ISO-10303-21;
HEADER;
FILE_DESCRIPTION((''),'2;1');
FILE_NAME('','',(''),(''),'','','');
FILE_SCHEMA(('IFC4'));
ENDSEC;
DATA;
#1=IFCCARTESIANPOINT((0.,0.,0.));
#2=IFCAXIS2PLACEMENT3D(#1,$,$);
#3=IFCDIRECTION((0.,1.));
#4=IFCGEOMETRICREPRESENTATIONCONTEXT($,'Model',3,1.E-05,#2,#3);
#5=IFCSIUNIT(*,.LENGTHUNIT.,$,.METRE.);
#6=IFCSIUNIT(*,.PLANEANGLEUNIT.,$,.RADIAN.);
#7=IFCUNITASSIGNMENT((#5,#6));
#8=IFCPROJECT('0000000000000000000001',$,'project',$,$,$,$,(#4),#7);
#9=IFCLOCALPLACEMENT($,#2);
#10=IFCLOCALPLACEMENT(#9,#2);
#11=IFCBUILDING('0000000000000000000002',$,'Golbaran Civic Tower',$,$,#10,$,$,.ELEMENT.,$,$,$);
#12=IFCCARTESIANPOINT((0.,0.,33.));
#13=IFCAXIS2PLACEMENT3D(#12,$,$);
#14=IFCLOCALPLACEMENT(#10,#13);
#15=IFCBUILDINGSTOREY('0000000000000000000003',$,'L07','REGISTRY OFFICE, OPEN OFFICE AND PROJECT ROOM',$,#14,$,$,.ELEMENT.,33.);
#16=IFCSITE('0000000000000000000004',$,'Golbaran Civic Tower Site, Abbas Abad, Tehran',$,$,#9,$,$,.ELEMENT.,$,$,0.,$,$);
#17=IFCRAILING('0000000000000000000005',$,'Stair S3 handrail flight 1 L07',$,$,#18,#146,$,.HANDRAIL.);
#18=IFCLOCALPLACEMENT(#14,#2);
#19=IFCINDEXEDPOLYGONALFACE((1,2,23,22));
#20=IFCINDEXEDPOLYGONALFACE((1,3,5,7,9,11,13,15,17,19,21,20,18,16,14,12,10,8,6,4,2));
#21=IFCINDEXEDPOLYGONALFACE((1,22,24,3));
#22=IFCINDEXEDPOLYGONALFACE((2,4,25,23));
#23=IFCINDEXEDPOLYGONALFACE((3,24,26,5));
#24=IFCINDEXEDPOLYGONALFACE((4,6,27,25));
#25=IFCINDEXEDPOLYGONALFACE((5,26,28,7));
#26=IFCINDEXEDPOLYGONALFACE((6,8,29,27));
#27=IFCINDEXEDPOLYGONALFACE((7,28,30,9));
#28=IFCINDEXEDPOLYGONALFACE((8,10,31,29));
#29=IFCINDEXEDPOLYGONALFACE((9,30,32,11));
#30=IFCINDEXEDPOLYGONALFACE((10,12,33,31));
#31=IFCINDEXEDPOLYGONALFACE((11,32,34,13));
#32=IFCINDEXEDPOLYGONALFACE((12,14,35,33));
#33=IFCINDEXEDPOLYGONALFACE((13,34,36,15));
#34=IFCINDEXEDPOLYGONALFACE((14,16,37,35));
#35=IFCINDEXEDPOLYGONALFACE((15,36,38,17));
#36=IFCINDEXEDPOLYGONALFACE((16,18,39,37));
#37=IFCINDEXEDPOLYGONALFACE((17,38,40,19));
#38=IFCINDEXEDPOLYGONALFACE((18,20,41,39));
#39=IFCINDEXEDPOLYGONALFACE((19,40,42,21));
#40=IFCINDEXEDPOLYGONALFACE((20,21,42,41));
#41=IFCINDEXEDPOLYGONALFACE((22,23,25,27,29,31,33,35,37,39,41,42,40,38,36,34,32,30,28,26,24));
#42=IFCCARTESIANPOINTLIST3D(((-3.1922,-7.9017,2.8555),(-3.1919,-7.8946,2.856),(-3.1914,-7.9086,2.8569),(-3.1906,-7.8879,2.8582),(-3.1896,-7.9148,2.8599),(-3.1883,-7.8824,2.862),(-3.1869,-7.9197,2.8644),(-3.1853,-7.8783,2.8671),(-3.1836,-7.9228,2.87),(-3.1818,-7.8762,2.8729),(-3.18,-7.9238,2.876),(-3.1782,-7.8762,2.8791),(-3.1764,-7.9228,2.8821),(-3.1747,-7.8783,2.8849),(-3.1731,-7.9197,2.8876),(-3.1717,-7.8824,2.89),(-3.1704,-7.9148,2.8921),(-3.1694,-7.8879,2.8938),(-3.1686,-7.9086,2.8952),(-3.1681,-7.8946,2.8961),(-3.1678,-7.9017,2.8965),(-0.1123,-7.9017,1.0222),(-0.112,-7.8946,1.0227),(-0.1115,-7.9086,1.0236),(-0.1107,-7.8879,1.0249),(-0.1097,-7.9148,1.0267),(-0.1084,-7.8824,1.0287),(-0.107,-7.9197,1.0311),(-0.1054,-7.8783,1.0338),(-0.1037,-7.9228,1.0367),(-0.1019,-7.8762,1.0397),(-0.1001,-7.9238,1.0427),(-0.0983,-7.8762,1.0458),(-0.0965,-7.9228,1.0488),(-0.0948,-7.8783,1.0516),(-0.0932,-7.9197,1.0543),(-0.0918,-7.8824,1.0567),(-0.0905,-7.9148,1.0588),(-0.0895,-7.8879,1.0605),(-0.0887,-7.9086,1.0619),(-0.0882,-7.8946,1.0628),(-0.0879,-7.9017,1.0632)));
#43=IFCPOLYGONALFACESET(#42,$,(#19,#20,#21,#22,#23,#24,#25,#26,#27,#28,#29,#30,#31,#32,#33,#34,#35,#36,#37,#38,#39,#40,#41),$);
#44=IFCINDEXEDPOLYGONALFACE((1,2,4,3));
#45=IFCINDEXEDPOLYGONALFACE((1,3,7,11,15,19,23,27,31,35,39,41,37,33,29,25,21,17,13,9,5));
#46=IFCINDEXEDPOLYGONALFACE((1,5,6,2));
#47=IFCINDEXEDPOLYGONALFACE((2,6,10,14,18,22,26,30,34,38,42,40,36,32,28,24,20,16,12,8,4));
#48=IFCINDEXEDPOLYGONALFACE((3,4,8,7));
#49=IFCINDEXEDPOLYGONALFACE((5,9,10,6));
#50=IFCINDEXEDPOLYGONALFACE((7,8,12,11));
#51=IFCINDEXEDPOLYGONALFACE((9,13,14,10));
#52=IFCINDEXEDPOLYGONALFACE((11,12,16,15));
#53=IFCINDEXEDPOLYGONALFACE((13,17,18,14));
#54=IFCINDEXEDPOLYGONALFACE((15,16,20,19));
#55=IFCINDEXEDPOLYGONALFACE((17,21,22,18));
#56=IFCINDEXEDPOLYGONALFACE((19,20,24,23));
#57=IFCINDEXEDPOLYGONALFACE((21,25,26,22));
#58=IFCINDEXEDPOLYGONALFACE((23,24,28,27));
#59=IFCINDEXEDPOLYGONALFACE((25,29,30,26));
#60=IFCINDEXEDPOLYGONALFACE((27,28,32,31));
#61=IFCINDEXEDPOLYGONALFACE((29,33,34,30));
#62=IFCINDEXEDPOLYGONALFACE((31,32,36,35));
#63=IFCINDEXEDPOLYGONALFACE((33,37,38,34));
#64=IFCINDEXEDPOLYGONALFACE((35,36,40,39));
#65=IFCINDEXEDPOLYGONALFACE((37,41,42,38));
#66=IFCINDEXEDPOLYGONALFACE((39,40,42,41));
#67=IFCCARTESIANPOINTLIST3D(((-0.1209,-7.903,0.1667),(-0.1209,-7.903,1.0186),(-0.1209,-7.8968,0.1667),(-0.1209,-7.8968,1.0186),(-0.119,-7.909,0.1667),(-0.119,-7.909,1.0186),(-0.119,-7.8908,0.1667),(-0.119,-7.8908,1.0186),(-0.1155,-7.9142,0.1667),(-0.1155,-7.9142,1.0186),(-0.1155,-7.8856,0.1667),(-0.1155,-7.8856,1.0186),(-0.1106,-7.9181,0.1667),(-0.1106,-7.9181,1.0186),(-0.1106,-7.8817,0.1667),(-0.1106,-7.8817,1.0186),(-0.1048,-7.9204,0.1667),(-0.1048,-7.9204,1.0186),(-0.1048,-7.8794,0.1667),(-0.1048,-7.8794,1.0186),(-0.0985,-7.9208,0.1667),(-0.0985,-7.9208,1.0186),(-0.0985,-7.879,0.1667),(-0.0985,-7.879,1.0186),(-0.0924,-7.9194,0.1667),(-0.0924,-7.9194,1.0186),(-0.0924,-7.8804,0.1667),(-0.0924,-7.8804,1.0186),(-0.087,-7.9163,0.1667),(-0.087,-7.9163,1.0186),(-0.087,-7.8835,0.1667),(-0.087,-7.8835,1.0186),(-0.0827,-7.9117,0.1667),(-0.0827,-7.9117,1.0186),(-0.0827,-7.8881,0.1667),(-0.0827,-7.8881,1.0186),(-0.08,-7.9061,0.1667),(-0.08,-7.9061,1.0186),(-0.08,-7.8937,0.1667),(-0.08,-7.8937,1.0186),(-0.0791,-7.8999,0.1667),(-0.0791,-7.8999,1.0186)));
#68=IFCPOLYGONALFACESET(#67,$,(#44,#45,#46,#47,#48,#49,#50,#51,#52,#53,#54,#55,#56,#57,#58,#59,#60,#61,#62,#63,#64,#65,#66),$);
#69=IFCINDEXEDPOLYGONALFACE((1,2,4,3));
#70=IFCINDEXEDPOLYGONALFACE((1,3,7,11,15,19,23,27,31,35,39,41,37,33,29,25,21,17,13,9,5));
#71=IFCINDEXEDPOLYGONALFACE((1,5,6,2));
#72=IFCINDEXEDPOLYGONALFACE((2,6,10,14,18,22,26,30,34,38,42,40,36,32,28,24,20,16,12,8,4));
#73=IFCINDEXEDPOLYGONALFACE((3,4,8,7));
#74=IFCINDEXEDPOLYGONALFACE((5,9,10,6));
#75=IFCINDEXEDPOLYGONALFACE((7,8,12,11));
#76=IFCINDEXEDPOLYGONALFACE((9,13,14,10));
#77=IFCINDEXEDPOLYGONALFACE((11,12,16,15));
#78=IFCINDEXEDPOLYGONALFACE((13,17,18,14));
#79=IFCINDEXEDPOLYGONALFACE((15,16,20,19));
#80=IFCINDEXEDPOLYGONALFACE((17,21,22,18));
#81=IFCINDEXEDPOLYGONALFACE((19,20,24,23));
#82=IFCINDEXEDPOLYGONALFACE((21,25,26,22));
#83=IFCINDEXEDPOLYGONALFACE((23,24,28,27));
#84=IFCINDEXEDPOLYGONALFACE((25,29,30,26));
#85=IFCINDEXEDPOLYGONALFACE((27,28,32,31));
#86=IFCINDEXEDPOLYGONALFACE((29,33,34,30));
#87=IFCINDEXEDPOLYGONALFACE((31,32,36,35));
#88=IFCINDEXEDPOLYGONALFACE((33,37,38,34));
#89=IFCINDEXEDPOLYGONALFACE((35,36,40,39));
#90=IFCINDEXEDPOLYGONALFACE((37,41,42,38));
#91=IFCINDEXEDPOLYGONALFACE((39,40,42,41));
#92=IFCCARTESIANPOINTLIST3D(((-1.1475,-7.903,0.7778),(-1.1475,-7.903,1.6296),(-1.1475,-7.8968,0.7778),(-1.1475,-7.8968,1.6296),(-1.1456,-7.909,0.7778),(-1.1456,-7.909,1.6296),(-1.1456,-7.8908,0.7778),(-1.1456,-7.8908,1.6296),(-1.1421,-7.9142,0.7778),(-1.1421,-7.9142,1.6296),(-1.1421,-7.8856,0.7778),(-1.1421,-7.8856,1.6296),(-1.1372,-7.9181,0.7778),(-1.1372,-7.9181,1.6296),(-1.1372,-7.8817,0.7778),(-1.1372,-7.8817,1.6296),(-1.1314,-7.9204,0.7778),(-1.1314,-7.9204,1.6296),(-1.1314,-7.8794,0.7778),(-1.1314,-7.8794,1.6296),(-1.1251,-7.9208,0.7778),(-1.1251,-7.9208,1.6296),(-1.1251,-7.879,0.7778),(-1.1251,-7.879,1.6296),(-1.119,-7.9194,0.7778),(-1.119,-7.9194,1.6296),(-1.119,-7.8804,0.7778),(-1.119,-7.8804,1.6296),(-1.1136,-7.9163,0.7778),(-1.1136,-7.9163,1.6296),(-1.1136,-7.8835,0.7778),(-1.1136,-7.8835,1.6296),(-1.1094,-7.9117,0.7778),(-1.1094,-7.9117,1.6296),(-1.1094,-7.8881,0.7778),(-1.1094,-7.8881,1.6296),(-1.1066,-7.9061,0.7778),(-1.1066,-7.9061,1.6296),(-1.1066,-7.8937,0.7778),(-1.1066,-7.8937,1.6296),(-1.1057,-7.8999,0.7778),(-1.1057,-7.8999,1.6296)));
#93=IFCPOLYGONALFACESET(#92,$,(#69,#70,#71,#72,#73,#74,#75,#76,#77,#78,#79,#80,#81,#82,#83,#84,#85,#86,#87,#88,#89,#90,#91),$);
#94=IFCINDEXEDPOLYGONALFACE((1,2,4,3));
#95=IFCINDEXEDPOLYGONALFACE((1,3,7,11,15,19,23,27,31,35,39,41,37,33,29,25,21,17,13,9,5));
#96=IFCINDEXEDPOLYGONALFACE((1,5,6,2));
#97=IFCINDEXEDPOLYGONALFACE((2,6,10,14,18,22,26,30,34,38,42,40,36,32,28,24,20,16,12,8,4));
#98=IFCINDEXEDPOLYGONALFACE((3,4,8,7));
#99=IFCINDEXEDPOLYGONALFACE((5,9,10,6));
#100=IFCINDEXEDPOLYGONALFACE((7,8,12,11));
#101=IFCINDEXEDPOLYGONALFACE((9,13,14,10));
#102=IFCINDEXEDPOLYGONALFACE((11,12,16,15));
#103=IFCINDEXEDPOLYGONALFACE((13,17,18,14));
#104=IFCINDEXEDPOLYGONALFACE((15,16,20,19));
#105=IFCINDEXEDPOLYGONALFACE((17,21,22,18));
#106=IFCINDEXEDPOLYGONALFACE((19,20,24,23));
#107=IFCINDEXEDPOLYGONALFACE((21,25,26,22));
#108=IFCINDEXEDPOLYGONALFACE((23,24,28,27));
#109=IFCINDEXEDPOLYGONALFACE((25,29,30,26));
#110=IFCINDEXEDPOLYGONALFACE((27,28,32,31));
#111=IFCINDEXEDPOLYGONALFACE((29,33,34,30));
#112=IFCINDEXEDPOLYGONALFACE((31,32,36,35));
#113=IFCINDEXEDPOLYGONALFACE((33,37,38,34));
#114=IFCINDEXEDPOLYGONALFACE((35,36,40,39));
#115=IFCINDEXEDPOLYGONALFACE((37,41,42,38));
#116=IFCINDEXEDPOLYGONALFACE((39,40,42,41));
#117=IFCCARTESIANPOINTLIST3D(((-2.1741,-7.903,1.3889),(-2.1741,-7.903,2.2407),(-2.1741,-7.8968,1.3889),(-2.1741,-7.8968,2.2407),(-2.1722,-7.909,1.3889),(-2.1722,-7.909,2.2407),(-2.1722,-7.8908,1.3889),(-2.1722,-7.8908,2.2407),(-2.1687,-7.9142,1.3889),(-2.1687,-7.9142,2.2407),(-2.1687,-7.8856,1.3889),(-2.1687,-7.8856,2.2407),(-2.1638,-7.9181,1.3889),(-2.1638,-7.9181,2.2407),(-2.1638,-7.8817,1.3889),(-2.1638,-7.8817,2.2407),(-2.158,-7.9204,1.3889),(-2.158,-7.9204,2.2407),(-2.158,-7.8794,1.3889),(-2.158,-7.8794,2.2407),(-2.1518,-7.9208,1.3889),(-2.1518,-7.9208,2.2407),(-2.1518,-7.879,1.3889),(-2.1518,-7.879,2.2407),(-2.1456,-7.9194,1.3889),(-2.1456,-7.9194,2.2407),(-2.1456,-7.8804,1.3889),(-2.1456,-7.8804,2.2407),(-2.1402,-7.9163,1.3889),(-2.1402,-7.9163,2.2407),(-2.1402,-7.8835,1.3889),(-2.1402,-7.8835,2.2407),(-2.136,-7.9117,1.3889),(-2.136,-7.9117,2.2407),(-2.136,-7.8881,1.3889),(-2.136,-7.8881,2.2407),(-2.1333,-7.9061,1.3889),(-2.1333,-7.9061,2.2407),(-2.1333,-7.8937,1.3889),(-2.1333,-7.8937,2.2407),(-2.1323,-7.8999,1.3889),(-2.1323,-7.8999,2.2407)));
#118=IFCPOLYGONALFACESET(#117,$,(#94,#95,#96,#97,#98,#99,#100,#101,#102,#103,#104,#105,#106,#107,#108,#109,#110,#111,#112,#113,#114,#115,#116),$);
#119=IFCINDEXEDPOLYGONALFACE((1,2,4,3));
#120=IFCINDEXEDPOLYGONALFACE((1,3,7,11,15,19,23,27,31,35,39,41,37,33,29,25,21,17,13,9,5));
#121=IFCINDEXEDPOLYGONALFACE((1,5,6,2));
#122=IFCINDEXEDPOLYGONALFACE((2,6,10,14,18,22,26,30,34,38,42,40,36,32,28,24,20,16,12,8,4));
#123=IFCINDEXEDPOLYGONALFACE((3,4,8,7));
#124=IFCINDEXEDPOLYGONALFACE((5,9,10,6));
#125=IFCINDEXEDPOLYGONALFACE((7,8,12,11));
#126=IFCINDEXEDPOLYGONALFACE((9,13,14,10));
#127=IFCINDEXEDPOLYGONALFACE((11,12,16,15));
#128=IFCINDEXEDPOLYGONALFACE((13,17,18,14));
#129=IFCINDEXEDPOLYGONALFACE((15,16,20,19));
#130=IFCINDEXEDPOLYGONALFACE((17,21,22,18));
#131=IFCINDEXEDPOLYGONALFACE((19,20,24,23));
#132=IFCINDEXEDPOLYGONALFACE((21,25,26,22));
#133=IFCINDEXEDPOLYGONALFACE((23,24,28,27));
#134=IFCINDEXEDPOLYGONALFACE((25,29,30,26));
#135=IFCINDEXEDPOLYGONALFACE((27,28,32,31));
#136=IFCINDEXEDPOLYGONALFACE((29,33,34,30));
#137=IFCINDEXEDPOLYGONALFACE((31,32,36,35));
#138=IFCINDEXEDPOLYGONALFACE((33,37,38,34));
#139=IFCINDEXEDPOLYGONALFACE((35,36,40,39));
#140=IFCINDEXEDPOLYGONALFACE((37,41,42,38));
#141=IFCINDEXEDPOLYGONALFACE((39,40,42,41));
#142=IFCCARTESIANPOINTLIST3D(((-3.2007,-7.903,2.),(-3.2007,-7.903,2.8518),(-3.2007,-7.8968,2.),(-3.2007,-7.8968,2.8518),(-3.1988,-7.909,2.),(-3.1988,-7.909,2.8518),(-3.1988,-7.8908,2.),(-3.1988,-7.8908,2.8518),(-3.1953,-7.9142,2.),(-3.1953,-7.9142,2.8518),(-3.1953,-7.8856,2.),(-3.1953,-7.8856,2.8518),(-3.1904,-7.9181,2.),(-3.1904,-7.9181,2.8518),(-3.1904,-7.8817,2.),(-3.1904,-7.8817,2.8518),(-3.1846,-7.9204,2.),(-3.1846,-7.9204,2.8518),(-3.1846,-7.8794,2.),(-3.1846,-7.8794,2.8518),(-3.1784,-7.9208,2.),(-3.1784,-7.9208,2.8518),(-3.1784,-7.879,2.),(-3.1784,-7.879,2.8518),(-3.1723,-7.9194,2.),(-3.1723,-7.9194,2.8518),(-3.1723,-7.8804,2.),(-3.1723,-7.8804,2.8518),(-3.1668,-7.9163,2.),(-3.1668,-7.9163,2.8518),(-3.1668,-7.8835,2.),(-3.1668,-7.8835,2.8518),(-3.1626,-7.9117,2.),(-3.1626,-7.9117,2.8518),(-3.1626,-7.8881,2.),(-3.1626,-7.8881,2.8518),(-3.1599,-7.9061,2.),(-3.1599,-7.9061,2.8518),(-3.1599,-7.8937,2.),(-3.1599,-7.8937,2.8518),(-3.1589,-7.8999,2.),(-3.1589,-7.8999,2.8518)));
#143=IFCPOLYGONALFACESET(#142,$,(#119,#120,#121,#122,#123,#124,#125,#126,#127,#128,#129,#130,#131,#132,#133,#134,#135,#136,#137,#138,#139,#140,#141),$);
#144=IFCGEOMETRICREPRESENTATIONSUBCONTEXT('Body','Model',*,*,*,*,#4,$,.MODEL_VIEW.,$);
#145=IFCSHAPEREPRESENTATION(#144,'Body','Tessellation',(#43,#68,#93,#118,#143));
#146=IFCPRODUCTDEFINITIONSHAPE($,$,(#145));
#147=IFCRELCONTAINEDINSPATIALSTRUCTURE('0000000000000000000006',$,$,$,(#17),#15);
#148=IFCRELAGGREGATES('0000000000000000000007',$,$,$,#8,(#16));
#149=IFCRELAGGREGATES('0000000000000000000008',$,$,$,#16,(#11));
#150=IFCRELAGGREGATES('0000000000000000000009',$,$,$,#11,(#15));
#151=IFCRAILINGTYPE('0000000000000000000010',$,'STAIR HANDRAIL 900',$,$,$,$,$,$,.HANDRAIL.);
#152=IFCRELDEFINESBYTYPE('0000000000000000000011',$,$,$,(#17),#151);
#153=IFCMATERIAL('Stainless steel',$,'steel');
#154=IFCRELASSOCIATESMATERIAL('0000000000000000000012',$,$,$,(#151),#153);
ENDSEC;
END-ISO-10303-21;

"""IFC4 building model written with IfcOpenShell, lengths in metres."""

from ifc_helpers import new_model, si_unit, direction, frame, origin, origin_2d, place, context, subcontext, project, spatial, circle, extrude, material, type_object, element, save


model = new_model("IFC4")

# Units and contexts
model_context = context("Model", 3, precision=1e-05, world=origin(), true_north=direction((0.0, 1.0)))
body_context = subcontext(model_context, "Body", "Model", "MODEL_VIEW")
ifc_project = project(units=[si_unit("LENGTHUNIT", "METRE"), si_unit("PLANEANGLEUNIT", "RADIAN")], contexts=[model_context])

# Site, building, storey
site_placement = place(None, origin())
site = spatial("IfcSite", under=ifc_project, at=site_placement, Name="Golbaran Civic Tower Site, Abbas Abad, Tehran", CompositionType="ELEMENT", RefElevation=0.0)
building_placement = place(site_placement, origin())
building = spatial("IfcBuilding", under=site, at=building_placement, Name="Golbaran Civic Tower", CompositionType="ELEMENT")
storey_placement = place(building_placement, frame((0.0, 0.0, 33.0)))
storey = spatial("IfcBuildingStorey", under=building, at=storey_placement, Name="L07", Description="REGISTRY OFFICE, OPEN OFFICE AND PROJECT ROOM", CompositionType="ELEMENT", Elevation=33.0)

# Shared definitions
ifc_material_1 = material(Name="Stainless steel", Category="steel")

# Railing
railing_type = type_object("IfcRailingType", Name="STAIR HANDRAIL 900", PredefinedType="HANDRAIL", material=ifc_material_1)
railing_1_placement = place(storey_placement, frame((-0.1001, -7.8999, 0.1667)))
element("IfcRailing", 1, at=railing_1_placement, inside=storey, type_object=railing_type, Name="Stair S3 handrail flight 1 L07", PredefinedType="HANDRAIL", context=body_context, shape_type="SweptSolid", body=[
    extrude(circle(Radius=0.0239, at=origin_2d()), frame((0.0, 0.0, 0.876), z_axis=(-0.859291, 0.0, 0.511487), x_axis=(0.0, -1.0, 0.0)), (0.0, 0.0, 1.0), 3.5842),
    extrude(circle(Radius=0.021, at=origin_2d()), origin(), (0.0, 0.0, 1.0), 0.8518),
    extrude(circle(Radius=0.021, at=origin_2d()), frame((-1.0266, 0.0, 0.6111)), (0.0, 0.0, 1.0), 0.8518),
    extrude(circle(Radius=0.021, at=origin_2d()), frame((-2.0532, 0.0, 1.2222)), (0.0, 0.0, 1.0), 0.8518),
    extrude(circle(Radius=0.021, at=origin_2d()), frame((-3.0798, 0.0, 1.8333)), (0.0, 0.0, 1.0), 0.8518),
])

save(model, "model.ifc")
